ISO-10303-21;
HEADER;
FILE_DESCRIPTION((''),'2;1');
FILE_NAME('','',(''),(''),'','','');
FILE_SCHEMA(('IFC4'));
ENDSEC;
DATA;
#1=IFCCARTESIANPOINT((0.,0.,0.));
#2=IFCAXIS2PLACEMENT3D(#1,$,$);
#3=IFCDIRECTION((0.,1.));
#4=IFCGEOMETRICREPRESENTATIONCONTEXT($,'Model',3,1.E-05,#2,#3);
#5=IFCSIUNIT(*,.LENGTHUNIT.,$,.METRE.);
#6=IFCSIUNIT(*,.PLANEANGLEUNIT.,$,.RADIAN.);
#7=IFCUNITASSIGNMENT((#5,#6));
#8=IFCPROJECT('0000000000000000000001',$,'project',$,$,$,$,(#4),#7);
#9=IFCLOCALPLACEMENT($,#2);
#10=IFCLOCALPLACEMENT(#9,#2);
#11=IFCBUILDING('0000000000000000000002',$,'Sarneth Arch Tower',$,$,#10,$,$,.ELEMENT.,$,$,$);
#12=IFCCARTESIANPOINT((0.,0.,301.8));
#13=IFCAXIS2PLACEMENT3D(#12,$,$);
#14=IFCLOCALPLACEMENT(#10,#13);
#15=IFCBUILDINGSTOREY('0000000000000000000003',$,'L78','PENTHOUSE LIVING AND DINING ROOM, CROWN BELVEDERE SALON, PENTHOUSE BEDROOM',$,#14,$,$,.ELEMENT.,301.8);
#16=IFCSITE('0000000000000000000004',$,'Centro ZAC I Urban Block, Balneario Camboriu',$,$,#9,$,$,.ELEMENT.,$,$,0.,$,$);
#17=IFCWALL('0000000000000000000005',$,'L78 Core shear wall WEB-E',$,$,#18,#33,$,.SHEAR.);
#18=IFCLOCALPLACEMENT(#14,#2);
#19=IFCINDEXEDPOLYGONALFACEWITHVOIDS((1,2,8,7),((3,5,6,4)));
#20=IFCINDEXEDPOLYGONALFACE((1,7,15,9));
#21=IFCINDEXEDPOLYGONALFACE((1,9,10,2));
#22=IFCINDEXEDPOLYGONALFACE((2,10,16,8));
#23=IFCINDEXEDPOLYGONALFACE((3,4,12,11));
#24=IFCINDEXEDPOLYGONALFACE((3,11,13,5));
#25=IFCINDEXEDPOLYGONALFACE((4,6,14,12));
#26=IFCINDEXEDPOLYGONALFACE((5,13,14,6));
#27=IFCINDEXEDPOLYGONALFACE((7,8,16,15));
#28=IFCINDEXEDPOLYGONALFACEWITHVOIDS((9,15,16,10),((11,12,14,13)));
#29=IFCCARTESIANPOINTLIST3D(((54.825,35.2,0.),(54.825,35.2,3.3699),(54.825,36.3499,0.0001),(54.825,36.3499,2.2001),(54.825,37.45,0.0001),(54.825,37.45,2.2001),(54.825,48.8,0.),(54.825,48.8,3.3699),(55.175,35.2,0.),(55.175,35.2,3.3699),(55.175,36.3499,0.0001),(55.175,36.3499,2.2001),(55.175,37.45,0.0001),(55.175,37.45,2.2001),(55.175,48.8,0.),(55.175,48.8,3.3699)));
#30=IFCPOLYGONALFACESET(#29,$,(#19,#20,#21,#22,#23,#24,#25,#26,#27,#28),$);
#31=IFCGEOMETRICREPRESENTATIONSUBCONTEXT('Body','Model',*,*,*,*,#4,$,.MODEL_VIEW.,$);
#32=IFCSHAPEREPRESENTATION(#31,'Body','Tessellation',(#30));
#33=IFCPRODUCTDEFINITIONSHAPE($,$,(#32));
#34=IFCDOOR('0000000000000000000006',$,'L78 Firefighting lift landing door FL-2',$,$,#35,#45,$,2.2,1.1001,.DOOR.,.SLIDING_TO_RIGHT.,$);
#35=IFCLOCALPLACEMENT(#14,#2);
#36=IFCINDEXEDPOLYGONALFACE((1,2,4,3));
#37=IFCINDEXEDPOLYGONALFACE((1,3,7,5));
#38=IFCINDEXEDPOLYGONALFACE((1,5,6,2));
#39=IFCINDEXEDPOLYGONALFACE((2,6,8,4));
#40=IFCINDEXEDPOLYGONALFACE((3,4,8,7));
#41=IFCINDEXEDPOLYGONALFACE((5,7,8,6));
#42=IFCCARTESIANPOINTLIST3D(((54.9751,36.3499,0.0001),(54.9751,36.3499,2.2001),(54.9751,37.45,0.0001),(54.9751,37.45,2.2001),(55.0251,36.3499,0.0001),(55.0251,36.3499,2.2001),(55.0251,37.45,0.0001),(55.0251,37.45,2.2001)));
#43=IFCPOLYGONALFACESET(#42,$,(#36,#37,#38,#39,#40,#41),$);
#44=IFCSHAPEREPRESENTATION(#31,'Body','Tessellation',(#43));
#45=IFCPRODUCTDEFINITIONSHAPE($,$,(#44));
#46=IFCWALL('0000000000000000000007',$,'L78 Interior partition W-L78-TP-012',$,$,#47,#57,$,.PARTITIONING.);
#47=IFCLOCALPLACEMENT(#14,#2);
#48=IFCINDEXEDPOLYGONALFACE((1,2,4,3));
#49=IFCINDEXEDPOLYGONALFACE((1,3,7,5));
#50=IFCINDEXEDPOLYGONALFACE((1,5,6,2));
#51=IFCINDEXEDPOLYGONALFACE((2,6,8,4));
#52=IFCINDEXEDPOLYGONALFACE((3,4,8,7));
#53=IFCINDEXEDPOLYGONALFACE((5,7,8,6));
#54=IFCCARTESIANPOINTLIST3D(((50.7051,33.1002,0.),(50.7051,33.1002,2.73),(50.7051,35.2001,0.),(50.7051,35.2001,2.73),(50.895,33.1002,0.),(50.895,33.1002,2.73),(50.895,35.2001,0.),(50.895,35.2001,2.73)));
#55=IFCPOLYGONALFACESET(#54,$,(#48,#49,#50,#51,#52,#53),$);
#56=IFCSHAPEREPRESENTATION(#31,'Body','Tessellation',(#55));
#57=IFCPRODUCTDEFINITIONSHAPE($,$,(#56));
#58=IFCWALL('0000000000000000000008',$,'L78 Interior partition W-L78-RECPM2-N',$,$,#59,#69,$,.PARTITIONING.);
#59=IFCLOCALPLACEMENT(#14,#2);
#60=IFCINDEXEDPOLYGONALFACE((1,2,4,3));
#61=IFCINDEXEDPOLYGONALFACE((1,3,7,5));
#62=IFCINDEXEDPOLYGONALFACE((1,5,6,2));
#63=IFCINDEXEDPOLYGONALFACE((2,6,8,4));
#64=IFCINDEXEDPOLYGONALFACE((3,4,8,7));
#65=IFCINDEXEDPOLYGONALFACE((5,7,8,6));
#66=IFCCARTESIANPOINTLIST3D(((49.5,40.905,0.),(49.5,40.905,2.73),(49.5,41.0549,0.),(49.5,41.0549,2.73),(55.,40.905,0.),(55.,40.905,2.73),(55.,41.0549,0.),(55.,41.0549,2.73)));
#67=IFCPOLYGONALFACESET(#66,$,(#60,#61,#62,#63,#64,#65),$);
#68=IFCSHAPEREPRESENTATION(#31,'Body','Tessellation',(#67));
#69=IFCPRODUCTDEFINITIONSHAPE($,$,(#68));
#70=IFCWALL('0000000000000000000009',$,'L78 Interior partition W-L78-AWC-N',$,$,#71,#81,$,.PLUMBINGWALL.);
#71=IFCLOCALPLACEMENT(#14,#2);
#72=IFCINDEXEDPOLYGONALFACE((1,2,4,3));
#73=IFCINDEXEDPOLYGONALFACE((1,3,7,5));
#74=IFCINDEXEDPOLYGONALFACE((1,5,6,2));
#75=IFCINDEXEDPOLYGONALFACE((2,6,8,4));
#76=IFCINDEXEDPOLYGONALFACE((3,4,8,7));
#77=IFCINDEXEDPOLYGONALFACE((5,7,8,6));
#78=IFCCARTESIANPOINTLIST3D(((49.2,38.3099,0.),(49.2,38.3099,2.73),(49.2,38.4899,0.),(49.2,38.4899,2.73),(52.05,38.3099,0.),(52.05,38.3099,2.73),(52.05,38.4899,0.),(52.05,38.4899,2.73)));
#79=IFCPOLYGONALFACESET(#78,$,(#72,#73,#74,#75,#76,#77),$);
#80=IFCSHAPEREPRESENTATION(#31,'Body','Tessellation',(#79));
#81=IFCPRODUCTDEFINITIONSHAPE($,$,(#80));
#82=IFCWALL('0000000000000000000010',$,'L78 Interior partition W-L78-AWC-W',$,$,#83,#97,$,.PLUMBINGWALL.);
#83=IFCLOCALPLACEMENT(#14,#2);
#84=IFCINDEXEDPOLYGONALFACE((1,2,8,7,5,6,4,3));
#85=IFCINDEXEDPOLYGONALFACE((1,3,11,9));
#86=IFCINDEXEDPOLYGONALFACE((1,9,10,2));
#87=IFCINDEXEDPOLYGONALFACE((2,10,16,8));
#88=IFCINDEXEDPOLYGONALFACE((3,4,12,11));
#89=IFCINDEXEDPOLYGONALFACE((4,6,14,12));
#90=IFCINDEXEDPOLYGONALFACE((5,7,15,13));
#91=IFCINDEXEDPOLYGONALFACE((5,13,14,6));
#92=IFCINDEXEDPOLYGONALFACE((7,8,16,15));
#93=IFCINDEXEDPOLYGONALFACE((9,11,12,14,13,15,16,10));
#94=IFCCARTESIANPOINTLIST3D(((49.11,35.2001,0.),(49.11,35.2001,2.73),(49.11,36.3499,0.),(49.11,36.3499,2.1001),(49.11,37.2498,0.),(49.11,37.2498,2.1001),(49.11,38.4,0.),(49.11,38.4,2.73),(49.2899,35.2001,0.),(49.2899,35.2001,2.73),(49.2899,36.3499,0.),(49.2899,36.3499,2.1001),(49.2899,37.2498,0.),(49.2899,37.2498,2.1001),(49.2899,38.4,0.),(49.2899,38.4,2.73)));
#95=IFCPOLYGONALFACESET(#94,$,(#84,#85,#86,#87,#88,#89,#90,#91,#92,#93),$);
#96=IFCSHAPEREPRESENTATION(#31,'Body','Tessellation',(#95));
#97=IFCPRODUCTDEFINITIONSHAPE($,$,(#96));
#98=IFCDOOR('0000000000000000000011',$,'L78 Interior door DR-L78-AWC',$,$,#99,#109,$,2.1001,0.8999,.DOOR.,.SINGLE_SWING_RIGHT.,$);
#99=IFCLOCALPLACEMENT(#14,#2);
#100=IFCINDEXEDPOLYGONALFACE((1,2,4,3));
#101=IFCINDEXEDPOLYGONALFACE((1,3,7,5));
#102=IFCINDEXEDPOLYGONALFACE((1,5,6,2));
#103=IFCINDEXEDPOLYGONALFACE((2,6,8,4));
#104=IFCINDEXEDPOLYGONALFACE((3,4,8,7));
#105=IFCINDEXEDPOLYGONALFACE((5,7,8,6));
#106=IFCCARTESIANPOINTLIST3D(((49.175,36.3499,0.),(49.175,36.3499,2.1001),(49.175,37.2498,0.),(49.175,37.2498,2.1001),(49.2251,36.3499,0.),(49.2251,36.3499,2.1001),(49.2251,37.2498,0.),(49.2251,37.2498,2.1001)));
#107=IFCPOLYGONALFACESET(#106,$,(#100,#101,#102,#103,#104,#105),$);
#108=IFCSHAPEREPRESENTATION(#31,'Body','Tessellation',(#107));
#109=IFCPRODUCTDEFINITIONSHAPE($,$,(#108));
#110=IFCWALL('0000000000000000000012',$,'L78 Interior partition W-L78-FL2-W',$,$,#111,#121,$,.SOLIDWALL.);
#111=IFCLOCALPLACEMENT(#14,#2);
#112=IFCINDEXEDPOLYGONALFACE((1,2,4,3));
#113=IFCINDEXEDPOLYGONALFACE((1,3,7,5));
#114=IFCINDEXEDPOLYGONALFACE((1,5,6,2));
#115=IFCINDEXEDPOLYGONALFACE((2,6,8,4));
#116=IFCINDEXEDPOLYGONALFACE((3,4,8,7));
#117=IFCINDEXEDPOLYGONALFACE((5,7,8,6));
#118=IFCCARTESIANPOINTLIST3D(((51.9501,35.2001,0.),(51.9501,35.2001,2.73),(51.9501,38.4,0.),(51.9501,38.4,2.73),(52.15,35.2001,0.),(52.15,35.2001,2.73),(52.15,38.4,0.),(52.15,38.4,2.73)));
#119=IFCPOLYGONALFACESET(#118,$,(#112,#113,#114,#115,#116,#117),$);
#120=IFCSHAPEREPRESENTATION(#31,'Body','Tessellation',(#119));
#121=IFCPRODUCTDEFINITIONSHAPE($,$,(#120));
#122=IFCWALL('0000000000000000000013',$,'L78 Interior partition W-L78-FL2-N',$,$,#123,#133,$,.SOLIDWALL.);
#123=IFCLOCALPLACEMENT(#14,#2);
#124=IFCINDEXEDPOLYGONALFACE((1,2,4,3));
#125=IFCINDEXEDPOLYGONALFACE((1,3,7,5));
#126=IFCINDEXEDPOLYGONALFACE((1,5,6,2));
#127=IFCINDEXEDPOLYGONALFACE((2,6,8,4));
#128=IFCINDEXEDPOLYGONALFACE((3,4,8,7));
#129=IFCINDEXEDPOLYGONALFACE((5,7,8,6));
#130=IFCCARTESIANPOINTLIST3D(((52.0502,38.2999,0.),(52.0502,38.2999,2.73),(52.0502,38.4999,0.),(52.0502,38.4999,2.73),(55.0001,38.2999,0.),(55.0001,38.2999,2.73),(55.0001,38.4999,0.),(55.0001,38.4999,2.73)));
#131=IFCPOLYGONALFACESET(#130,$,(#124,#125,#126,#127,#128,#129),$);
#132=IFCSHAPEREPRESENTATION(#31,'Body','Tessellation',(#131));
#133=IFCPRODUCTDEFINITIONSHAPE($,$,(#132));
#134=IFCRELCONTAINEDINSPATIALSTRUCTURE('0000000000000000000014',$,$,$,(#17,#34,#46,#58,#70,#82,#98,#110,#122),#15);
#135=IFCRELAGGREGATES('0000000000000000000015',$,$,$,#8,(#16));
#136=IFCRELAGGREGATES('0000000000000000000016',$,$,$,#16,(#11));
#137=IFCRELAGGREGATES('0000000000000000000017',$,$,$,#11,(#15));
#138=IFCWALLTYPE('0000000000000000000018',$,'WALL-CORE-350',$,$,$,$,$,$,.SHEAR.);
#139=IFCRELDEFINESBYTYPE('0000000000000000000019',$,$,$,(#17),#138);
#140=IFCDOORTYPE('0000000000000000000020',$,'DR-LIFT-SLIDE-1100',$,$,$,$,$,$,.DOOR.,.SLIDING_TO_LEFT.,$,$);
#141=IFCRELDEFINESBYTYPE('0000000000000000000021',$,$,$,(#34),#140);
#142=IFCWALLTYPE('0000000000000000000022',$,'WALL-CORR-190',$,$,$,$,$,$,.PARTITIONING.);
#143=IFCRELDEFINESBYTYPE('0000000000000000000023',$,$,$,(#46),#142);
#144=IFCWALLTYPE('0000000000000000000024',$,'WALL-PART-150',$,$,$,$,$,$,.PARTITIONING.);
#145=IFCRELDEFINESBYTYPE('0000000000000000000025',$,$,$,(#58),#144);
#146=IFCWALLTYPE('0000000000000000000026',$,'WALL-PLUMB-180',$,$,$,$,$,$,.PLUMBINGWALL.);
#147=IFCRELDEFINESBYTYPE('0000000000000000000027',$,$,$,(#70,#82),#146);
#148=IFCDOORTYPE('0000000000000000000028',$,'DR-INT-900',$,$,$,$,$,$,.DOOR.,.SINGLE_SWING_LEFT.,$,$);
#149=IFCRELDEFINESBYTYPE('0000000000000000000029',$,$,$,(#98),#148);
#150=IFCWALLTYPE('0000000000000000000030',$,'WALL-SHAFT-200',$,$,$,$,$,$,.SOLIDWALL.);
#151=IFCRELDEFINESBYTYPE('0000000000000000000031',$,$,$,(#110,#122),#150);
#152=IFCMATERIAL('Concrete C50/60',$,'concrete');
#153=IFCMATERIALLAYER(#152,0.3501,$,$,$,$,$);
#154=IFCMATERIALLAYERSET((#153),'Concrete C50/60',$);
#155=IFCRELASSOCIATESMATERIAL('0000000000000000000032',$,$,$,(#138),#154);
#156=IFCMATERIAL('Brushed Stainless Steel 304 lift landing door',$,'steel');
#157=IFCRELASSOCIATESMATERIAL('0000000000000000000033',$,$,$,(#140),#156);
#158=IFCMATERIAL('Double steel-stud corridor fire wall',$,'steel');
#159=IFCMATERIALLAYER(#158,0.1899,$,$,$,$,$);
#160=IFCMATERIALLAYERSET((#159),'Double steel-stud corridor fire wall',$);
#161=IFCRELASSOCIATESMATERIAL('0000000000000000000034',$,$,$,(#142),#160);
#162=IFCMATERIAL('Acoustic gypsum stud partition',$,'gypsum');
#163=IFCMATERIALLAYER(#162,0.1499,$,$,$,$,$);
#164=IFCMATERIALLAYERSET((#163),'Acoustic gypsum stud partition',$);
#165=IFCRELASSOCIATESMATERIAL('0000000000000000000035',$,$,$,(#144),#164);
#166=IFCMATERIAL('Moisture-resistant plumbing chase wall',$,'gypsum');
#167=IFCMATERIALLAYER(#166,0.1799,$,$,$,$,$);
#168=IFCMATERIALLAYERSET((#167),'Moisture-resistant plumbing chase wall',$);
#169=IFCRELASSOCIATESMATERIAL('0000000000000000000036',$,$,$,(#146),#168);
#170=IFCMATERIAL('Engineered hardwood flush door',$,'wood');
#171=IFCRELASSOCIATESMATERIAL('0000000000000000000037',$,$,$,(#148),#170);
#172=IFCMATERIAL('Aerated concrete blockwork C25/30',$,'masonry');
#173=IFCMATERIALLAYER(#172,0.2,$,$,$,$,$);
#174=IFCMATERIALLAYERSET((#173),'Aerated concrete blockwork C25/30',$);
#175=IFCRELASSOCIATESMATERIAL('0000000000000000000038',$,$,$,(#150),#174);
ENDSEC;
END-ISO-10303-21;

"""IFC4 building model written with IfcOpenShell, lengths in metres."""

from ifc_helpers import new_model, si_unit, direction, frame, frame_2d, origin, place, context, subcontext, project, spatial, rectangle, extrude, material, layer, layer_set, type_object, element, fill, save


model = new_model("IFC4")

# Units and contexts
model_context = context("Model", 3, precision=1e-05, world=origin(), true_north=direction((0.0, 1.0)))
body_context = subcontext(model_context, "Body", "Model", "MODEL_VIEW")
ifc_project = project(units=[si_unit("LENGTHUNIT", "METRE"), si_unit("PLANEANGLEUNIT", "RADIAN")], contexts=[model_context])

# Site, building, storey
site_placement = place(None, origin())
site = spatial("IfcSite", under=ifc_project, at=site_placement, Name="Centro ZAC I Urban Block, Balneario Camboriu", CompositionType="ELEMENT", RefElevation=0.0)
building_placement = place(site_placement, origin())
building = spatial("IfcBuilding", under=site, at=building_placement, Name="Sarneth Arch Tower", CompositionType="ELEMENT")
storey_placement = place(building_placement, frame((0.0, 0.0, 301.8)))
storey = spatial("IfcBuildingStorey", under=building, at=storey_placement, Name="L78", Description="PENTHOUSE LIVING AND DINING ROOM, CROWN BELVEDERE SALON, PENTHOUSE BEDROOM", CompositionType="ELEMENT", Elevation=301.8)

# Shared definitions
ifc_material_1 = material(Name="Concrete C50/60", Category="concrete")
ifc_layer_1 = layer(ifc_material_1, 0.3501)
ifc_layer_set_1 = layer_set([ifc_layer_1], Name="Concrete C50/60")
wall_type_1 = type_object("IfcWallType", Name="WALL-CORE-350", PredefinedType="SHEAR", material=ifc_layer_set_1)

# Wall, opening, door
wall_1_placement = place(storey_placement, frame((55.0, 35.2, 0.0), z_axis=(0.0, 0.0, 1.0), x_axis=(0.0, 1.0, 0.0)))
wall_1 = element("IfcWall", 1, at=wall_1_placement, inside=storey, type_object=wall_type_1, Name="L78 Core shear wall WEB-E", PredefinedType="SHEAR", context=body_context, shape_type="SweptSolid", body=[
    extrude(rectangle(XDim=13.6001, YDim=0.3501, at=frame_2d((6.8, 0.0))), origin(), (0.0, 0.0, 1.0), 3.3699),
])
opening_1_placement = place(wall_1_placement, frame((1.1499, 0.0, 0.0)))
opening_1 = element("IfcOpeningElement", 2, at=opening_1_placement, cuts=wall_1, PredefinedType="OPENING", context=body_context, shape_type="SweptSolid", body=[
    extrude(rectangle(XDim=1.1001, YDim=2.2, at=frame_2d((0.55, 1.1001))), frame((0.0, 0.1851, 0.0), z_axis=(0.0, -1.0, 0.0), x_axis=(1.0, 0.0, 0.0)), (0.0, 0.0, 1.0), 0.3701),
])
ifc_material_2 = material(Name="Brushed Stainless Steel 304 lift landing door", Category="steel")
door_type_1 = type_object("IfcDoorType", Name="DR-LIFT-SLIDE-1100", OperationType="SLIDING_TO_LEFT", PredefinedType="DOOR", material=ifc_material_2)
door_1_placement = place(opening_1_placement, origin())
door_1 = element("IfcDoor", 3, at=door_1_placement, inside=storey, type_object=door_type_1, Name="L78 Firefighting lift landing door FL-2", OperationType="SLIDING_TO_RIGHT", OverallHeight=2.2, OverallWidth=1.1001, PredefinedType="DOOR", context=body_context, shape_type="SweptSolid", body=[
    extrude(rectangle(XDim=1.1001, YDim=2.2, at=frame_2d((0.55, 1.1001))), frame((0.0, 0.0249, 0.0), z_axis=(0.0, -1.0, 0.0), x_axis=(1.0, 0.0, 0.0)), (0.0, 0.0, 1.0), 0.05),
])
fill(opening_1, door_1)

# Walls
ifc_material_3 = material(Name="Double steel-stud corridor fire wall", Category="steel")
ifc_layer_2 = layer(ifc_material_3, 0.1899)
ifc_layer_set_2 = layer_set([ifc_layer_2], Name="Double steel-stud corridor fire wall")
wall_type_2 = type_object("IfcWallType", Name="WALL-CORR-190", PredefinedType="PARTITIONING", material=ifc_layer_set_2)
wall_2_placement = place(storey_placement, frame((50.8, 35.2, 0.0), z_axis=(0.0, 0.0, 1.0), x_axis=(0.0, -1.0, 0.0)))
element("IfcWall", 4, at=wall_2_placement, inside=storey, type_object=wall_type_2, Name="L78 Interior partition W-L78-TP-012", PredefinedType="PARTITIONING", context=body_context, shape_type="SweptSolid", body=[
    extrude(rectangle(XDim=2.0999, YDim=0.1899, at=frame_2d((1.0498, 0.0))), origin(), (0.0, 0.0, 1.0), 2.73),
])
ifc_material_4 = material(Name="Acoustic gypsum stud partition", Category="gypsum")
ifc_layer_3 = layer(ifc_material_4, 0.1499)
ifc_layer_set_3 = layer_set([ifc_layer_3], Name="Acoustic gypsum stud partition")
wall_type_3 = type_object("IfcWallType", Name="WALL-PART-150", PredefinedType="PARTITIONING", material=ifc_layer_set_3)
wall_3_placement = place(storey_placement, frame((49.5, 40.98, 0.0), z_axis=(0.0, 0.0, 1.0), x_axis=(1.0, 0.0, 0.0)))
element("IfcWall", 5, at=wall_3_placement, inside=storey, type_object=wall_type_3, Name="L78 Interior partition W-L78-RECPM2-N", PredefinedType="PARTITIONING", context=body_context, shape_type="SweptSolid", body=[
    extrude(rectangle(XDim=5.5, YDim=0.1499, at=frame_2d((2.75, 0.0))), origin(), (0.0, 0.0, 1.0), 2.73),
])

# Wall
ifc_material_5 = material(Name="Moisture-resistant plumbing chase wall", Category="gypsum")
ifc_layer_4 = layer(ifc_material_5, 0.1799)
ifc_layer_set_4 = layer_set([ifc_layer_4], Name="Moisture-resistant plumbing chase wall")
wall_type_4 = type_object("IfcWallType", Name="WALL-PLUMB-180", PredefinedType="PLUMBINGWALL", material=ifc_layer_set_4)
wall_4_placement = place(storey_placement, frame((49.2, 38.3999, 0.0), z_axis=(0.0, 0.0, 1.0), x_axis=(1.0, 0.0, 0.0)))
element("IfcWall", 6, at=wall_4_placement, inside=storey, type_object=wall_type_4, Name="L78 Interior partition W-L78-AWC-N", PredefinedType="PLUMBINGWALL", context=body_context, shape_type="SweptSolid", body=[
    extrude(rectangle(XDim=2.8501, YDim=0.1799, at=frame_2d((1.425, 0.0))), origin(), (0.0, 0.0, 1.0), 2.73),
])

# Wall, opening, door
wall_5_placement = place(storey_placement, frame((49.2, 35.2, 0.0), z_axis=(0.0, 0.0, 1.0), x_axis=(0.0, 1.0, 0.0)))
wall_5 = element("IfcWall", 7, at=wall_5_placement, inside=storey, type_object=wall_type_4, Name="L78 Interior partition W-L78-AWC-W", PredefinedType="PLUMBINGWALL", context=body_context, shape_type="SweptSolid", body=[
    extrude(rectangle(XDim=3.2, YDim=0.1799, at=frame_2d((1.6001, 0.0))), origin(), (0.0, 0.0, 1.0), 2.73),
])
opening_2_placement = place(wall_5_placement, frame((1.1499, 0.0, 0.0)))
opening_2 = element("IfcOpeningElement", 8, at=opening_2_placement, cuts=wall_5, PredefinedType="OPENING", context=body_context, shape_type="SweptSolid", body=[
    extrude(rectangle(XDim=0.8999, YDim=2.1001, at=frame_2d((0.45, 1.05))), frame((0.0, 0.0999, 0.0), z_axis=(0.0, -1.0, 0.0), x_axis=(1.0, 0.0, 0.0)), (0.0, 0.0, 1.0), 0.2),
])
ifc_material_6 = material(Name="Engineered hardwood flush door", Category="wood")
door_type_2 = type_object("IfcDoorType", Name="DR-INT-900", OperationType="SINGLE_SWING_LEFT", PredefinedType="DOOR", material=ifc_material_6)
door_2_placement = place(opening_2_placement, origin())
door_2 = element("IfcDoor", 9, at=door_2_placement, inside=storey, type_object=door_type_2, Name="L78 Interior door DR-L78-AWC", OperationType="SINGLE_SWING_RIGHT", OverallHeight=2.1001, OverallWidth=0.8999, PredefinedType="DOOR", context=body_context, shape_type="SweptSolid", body=[
    extrude(rectangle(XDim=0.8999, YDim=2.1001, at=frame_2d((0.45, 1.05))), frame((0.0, 0.0249, 0.0), z_axis=(0.0, -1.0, 0.0), x_axis=(1.0, 0.0, 0.0)), (0.0, 0.0, 1.0), 0.05),
])
fill(opening_2, door_2)
ifc_material_7 = material(Name="Aerated concrete blockwork C25/30", Category="masonry")
ifc_layer_5 = layer(ifc_material_7, 0.2)
ifc_layer_set_5 = layer_set([ifc_layer_5], Name="Aerated concrete blockwork C25/30")
wall_type_5 = type_object("IfcWallType", Name="WALL-SHAFT-200", PredefinedType="SOLIDWALL", material=ifc_layer_set_5)

# Walls
wall_6_placement = place(storey_placement, frame((52.05, 35.2, 0.0), z_axis=(0.0, 0.0, 1.0), x_axis=(0.0, 1.0, 0.0)))
element("IfcWall", 10, at=wall_6_placement, inside=storey, type_object=wall_type_5, Name="L78 Interior partition W-L78-FL2-W", PredefinedType="SOLIDWALL", context=body_context, shape_type="SweptSolid", body=[
    extrude(rectangle(XDim=3.2, YDim=0.2, at=frame_2d((1.6001, 0.0))), origin(), (0.0, 0.0, 1.0), 2.73),
])
wall_7_placement = place(storey_placement, frame((52.05, 38.3999, 0.0), z_axis=(0.0, 0.0, 1.0), x_axis=(1.0, 0.0, 0.0)))
element("IfcWall", 11, at=wall_7_placement, inside=storey, type_object=wall_type_5, Name="L78 Interior partition W-L78-FL2-N", PredefinedType="SOLIDWALL", context=body_context, shape_type="SweptSolid", body=[
    extrude(rectangle(XDim=2.95, YDim=0.2, at=frame_2d((1.4751, 0.0))), origin(), (0.0, 0.0, 1.0), 2.73),
])

save(model, "model.ifc")
